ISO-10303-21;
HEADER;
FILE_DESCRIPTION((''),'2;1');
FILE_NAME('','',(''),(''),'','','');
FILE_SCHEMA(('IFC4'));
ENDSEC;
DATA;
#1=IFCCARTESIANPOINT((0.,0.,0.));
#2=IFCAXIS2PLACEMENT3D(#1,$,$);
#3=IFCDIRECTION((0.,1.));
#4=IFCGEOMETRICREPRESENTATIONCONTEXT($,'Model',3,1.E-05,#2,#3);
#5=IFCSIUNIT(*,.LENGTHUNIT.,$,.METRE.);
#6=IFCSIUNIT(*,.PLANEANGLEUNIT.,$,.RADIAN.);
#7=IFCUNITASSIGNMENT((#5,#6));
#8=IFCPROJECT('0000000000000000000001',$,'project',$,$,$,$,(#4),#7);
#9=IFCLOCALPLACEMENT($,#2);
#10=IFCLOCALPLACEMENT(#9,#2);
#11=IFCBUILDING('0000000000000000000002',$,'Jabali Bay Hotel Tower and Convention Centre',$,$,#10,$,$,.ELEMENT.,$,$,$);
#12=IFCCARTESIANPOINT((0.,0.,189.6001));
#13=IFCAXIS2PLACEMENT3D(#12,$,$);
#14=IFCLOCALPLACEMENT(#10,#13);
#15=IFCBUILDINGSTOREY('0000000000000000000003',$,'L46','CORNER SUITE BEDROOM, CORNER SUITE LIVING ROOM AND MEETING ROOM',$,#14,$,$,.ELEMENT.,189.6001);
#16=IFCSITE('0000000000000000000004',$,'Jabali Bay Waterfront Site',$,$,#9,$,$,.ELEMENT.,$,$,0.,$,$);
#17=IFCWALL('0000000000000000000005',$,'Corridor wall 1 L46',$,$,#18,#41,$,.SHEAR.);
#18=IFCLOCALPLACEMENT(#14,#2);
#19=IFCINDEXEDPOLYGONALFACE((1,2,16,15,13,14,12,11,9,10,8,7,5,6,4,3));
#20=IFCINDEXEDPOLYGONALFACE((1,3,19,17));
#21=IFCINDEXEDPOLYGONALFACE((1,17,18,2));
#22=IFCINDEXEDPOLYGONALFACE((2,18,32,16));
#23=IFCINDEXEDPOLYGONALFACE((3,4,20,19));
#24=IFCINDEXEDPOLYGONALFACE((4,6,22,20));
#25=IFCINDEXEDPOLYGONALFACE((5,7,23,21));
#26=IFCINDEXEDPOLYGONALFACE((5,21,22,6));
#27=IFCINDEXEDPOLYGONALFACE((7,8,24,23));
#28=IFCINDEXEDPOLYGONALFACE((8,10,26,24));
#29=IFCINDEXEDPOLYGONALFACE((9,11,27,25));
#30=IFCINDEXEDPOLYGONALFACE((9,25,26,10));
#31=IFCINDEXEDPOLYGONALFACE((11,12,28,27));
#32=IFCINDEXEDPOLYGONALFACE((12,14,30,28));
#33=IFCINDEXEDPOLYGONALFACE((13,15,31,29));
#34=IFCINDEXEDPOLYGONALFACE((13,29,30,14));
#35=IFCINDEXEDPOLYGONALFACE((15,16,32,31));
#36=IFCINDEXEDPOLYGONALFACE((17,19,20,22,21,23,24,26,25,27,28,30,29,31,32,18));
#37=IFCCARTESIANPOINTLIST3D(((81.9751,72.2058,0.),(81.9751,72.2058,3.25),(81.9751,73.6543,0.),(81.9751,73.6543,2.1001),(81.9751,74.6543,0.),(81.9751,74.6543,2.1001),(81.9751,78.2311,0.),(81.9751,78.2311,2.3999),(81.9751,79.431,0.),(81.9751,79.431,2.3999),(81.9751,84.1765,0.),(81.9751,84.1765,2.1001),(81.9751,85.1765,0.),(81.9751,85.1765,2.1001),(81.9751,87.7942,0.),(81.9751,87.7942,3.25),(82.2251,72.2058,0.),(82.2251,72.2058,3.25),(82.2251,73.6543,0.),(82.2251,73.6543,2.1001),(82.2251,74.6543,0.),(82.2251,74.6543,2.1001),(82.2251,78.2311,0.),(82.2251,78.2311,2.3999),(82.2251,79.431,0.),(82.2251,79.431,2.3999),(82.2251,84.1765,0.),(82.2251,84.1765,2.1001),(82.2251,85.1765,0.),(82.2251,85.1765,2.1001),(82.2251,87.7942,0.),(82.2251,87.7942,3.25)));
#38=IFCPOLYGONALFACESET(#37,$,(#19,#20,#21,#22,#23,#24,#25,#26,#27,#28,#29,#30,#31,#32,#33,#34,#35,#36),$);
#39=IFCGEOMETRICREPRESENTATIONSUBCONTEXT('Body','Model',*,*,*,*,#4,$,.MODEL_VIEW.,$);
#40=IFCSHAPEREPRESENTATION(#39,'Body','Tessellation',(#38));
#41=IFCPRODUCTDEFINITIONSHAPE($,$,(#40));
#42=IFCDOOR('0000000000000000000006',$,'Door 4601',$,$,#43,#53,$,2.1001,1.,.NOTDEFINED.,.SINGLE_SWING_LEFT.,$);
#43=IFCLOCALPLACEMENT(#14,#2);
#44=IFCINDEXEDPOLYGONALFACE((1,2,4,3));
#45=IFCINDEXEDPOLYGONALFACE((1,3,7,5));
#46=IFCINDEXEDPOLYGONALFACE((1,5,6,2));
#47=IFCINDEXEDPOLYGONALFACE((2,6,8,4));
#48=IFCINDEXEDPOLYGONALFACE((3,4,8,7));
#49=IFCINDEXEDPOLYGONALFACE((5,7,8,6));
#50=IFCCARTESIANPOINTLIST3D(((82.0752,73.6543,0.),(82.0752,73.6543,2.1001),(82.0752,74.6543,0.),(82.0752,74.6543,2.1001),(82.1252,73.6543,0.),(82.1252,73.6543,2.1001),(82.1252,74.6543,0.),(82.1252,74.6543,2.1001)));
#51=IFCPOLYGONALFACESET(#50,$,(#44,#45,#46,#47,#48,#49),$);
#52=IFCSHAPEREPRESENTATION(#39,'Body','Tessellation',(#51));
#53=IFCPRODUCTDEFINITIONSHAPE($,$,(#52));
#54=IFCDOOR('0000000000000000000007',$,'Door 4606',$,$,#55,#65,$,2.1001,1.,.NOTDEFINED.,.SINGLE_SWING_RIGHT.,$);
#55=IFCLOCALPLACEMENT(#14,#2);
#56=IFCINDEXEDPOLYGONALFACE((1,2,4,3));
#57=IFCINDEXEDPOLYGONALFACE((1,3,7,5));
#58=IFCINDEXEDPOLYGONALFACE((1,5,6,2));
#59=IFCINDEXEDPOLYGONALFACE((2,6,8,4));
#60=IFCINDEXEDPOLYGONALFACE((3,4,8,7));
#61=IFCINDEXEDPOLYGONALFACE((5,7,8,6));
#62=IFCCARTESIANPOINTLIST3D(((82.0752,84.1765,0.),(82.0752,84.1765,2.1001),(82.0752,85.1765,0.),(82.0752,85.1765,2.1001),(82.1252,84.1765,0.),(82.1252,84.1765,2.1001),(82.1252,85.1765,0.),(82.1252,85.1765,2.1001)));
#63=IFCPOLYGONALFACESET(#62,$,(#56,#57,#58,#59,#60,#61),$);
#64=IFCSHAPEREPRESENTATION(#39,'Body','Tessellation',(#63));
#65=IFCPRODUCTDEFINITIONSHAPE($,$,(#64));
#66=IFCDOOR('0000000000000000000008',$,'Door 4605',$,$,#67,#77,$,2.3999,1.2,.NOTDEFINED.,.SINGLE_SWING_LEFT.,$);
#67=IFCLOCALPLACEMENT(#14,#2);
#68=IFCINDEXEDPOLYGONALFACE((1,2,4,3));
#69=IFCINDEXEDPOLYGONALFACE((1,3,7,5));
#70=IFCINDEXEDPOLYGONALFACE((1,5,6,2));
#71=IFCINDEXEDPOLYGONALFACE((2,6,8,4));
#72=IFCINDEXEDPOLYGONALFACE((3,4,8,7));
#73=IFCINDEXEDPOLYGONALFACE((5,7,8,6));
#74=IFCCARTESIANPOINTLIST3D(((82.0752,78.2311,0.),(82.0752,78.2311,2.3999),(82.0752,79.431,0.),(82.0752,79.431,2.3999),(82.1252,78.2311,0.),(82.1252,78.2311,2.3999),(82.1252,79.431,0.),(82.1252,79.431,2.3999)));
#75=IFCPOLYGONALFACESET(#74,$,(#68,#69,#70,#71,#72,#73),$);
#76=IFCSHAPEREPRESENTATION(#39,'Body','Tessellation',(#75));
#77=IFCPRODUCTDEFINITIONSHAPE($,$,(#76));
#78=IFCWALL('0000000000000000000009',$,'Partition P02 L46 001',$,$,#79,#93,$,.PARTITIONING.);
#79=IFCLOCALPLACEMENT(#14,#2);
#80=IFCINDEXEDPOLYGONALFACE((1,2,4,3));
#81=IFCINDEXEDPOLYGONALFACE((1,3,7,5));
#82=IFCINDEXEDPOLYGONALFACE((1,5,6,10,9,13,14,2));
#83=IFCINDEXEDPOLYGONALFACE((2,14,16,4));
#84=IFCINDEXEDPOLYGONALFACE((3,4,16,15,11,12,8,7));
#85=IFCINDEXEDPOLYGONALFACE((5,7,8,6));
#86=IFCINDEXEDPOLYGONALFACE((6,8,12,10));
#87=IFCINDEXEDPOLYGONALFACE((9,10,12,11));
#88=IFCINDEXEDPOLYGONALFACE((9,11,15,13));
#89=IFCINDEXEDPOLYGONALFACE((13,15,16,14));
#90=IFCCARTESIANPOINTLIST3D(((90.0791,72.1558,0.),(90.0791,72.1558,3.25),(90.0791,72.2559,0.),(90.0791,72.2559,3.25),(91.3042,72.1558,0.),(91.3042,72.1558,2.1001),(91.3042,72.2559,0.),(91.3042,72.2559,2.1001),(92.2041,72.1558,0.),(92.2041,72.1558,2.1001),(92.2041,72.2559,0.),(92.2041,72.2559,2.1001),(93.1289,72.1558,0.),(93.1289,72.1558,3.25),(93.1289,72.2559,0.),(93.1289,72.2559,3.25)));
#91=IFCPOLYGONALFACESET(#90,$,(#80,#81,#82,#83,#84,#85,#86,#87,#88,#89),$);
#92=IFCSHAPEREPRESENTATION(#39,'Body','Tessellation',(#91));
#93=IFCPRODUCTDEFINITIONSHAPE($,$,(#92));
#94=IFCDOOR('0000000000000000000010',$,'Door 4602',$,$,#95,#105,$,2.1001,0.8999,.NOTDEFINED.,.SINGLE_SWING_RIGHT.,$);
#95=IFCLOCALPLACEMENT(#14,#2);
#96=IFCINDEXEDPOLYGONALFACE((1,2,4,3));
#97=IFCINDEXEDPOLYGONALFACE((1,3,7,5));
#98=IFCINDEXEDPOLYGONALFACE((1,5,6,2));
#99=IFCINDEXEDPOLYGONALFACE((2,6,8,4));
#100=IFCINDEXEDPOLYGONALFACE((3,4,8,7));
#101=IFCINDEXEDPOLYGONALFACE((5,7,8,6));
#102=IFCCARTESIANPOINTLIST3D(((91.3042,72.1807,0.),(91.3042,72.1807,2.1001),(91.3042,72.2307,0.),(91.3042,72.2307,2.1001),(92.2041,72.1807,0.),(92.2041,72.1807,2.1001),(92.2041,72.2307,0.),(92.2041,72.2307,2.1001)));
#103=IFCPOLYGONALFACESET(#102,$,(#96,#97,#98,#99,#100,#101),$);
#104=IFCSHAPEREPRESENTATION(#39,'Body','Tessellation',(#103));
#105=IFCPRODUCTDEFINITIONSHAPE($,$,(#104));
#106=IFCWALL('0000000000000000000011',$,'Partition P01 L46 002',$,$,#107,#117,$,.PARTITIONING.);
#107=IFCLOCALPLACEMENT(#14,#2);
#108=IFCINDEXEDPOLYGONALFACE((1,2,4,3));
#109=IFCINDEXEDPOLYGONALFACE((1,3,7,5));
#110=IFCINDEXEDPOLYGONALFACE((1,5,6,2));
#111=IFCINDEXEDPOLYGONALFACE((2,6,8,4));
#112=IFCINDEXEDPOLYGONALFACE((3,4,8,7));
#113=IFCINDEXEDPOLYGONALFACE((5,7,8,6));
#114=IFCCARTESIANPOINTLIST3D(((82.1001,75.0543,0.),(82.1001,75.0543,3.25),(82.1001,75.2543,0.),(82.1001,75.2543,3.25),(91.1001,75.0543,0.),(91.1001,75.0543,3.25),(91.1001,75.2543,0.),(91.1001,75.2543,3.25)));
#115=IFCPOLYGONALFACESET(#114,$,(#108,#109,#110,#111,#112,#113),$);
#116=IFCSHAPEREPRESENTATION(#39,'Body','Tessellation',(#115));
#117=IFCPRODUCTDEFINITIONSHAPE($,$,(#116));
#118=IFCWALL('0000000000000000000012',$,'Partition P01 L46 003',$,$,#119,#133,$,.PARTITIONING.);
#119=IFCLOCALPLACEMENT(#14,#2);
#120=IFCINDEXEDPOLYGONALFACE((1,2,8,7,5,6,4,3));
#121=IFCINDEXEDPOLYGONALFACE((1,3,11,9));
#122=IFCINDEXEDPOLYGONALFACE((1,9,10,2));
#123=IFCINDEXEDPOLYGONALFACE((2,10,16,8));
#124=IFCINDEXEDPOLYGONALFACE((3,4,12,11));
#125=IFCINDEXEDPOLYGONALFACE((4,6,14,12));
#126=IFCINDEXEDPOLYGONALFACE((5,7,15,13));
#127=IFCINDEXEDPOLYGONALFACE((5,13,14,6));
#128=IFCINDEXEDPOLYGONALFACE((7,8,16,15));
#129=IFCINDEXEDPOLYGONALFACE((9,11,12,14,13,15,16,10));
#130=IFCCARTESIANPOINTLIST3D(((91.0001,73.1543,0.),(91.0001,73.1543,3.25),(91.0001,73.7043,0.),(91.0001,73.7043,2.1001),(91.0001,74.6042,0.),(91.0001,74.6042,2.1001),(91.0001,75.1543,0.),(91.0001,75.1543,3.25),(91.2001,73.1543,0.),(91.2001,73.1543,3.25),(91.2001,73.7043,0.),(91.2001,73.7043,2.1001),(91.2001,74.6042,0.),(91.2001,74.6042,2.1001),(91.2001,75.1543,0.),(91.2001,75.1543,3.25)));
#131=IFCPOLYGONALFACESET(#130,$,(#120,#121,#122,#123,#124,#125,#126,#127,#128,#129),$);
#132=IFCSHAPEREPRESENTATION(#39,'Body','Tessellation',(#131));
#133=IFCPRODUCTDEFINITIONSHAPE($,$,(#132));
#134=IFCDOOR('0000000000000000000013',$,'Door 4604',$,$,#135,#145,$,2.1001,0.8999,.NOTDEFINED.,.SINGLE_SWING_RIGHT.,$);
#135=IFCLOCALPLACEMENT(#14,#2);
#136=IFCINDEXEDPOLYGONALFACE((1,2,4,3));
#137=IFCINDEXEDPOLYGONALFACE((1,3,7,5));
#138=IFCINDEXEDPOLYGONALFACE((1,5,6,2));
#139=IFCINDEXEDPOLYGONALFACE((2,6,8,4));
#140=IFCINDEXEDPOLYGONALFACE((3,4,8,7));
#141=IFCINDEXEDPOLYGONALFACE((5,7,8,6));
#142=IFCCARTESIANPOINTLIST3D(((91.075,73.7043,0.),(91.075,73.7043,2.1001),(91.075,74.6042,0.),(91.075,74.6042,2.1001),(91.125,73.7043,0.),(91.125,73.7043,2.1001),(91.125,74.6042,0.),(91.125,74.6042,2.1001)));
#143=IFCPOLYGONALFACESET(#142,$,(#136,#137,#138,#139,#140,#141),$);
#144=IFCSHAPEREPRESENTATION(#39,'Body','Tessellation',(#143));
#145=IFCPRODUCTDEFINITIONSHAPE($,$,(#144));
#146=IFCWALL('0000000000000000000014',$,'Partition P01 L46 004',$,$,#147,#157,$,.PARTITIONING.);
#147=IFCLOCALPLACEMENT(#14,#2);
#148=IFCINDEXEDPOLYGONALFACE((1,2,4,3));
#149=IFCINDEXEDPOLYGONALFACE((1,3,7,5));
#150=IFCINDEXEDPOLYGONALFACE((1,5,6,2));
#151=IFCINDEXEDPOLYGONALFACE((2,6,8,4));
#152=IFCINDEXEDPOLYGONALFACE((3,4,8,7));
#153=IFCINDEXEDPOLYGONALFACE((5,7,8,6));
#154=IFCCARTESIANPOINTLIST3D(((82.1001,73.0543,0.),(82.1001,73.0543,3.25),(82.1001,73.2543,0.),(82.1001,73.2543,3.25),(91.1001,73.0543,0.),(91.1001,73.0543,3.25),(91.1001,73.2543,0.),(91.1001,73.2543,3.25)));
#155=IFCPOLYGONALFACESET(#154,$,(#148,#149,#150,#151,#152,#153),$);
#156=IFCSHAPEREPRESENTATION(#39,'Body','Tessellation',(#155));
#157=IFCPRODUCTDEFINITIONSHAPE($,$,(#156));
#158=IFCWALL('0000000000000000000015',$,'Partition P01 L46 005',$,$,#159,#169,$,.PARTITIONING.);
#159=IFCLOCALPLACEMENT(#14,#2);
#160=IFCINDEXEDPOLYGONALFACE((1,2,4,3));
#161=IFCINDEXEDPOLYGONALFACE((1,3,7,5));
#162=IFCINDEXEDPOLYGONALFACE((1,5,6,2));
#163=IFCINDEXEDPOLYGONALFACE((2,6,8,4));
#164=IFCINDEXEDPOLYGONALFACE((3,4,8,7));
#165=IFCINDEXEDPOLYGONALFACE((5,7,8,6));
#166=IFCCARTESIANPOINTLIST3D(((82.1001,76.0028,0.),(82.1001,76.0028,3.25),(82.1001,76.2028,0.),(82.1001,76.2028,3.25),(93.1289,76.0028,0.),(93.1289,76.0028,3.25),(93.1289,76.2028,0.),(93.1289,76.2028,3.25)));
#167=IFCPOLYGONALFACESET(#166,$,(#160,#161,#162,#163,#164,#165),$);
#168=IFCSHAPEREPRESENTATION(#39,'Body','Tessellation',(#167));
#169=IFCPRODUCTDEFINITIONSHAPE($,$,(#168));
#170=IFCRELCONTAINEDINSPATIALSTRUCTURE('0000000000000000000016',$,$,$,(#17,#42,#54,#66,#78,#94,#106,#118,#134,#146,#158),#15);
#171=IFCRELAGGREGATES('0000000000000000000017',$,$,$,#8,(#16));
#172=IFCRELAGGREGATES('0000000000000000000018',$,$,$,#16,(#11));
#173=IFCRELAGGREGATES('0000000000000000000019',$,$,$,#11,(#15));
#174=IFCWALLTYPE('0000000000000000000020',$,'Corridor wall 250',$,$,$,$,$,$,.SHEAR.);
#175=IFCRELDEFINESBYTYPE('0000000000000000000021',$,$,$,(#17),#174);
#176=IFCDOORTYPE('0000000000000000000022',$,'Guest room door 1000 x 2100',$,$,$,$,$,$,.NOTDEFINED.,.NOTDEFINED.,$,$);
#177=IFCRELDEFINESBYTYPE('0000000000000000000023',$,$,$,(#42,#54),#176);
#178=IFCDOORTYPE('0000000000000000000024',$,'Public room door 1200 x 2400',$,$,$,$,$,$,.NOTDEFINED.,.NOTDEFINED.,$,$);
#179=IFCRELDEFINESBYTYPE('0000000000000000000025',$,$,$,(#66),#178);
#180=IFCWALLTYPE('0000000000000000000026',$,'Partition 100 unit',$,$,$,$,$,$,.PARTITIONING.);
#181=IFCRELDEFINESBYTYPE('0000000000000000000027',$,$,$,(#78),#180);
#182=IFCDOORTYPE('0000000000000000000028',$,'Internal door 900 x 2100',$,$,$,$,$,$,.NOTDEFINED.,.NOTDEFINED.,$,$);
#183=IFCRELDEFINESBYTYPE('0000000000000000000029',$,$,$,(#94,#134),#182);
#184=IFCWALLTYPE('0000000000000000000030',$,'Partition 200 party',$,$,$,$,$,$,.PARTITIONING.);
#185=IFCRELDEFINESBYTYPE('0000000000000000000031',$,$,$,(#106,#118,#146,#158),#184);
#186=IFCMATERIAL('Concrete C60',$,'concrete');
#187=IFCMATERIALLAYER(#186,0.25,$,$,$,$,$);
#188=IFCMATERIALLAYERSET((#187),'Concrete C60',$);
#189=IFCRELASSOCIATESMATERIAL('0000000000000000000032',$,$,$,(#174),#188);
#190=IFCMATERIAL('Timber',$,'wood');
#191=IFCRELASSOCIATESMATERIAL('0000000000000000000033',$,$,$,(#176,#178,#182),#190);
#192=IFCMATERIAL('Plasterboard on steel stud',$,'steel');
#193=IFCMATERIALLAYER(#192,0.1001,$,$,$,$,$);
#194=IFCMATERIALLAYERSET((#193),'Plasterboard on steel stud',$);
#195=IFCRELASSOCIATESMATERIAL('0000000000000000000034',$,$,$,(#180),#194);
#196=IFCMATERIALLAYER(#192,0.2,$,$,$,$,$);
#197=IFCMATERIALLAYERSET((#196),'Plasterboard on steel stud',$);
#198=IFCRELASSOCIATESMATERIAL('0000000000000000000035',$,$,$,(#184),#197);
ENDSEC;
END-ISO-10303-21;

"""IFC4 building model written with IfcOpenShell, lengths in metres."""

from ifc_helpers import new_model, si_unit, direction, frame, frame_2d, origin, place, context, subcontext, project, spatial, rectangle, extrude, material, layer, layer_set, type_object, element, fill, save


model = new_model("IFC4")

# Units and contexts
model_context = context("Model", 3, precision=1e-05, world=origin(), true_north=direction((0.0, 1.0)))
body_context = subcontext(model_context, "Body", "Model", "MODEL_VIEW")
ifc_project = project(units=[si_unit("LENGTHUNIT", "METRE"), si_unit("PLANEANGLEUNIT", "RADIAN")], contexts=[model_context])

# Site, building, storey
site_placement = place(None, origin())
site = spatial("IfcSite", under=ifc_project, at=site_placement, Name="Jabali Bay Waterfront Site", CompositionType="ELEMENT", RefElevation=0.0)
building_placement = place(site_placement, origin())
building = spatial("IfcBuilding", under=site, at=building_placement, Name="Jabali Bay Hotel Tower and Convention Centre", CompositionType="ELEMENT")
storey_placement = place(building_placement, frame((0.0, 0.0, 189.6001)))
storey = spatial("IfcBuildingStorey", under=building, at=storey_placement, Name="L46", Description="CORNER SUITE BEDROOM, CORNER SUITE LIVING ROOM AND MEETING ROOM", CompositionType="ELEMENT", Elevation=189.6001)

# Shared definitions
ifc_material_1 = material(Name="Concrete C60", Category="concrete")

# Wall, openings, doors
ifc_layer_1 = layer(ifc_material_1, 0.25)
ifc_layer_set_1 = layer_set([ifc_layer_1], Name="Concrete C60")
wall_type_1 = type_object("IfcWallType", Name="Corridor wall 250", PredefinedType="SHEAR", material=ifc_layer_set_1)
wall_1_placement = place(storey_placement, frame((82.1001, 72.2058, 0.0), z_axis=(0.0, 0.0, 1.0), x_axis=(0.0, 1.0, 0.0)))
wall_1 = element("IfcWall", 1, at=wall_1_placement, inside=storey, type_object=wall_type_1, Name="Corridor wall 1 L46", PredefinedType="SHEAR", context=body_context, shape_type="SweptSolid", body=[
    extrude(rectangle(XDim=15.5884, YDim=0.25, at=frame_2d((7.7942, 0.0))), origin(), (0.0, 0.0, 1.0), 3.25),
])
opening_1_placement = place(wall_1_placement, frame((1.4485, 0.0, 0.0)))
opening_1 = element("IfcOpeningElement", 2, at=opening_1_placement, cuts=wall_1, PredefinedType="OPENING", context=body_context, shape_type="SweptSolid", body=[
    extrude(rectangle(XDim=1.0, YDim=2.1001, at=frame_2d((0.5, 1.05))), frame((0.0, 0.1355, 0.0), z_axis=(0.0, -1.0, 0.0), x_axis=(1.0, 0.0, 0.0)), (0.0, 0.0, 1.0), 0.271),
])
opening_2_placement = place(wall_1_placement, frame((6.0251, 0.0, 0.0)))
opening_2 = element("IfcOpeningElement", 3, at=opening_2_placement, cuts=wall_1, PredefinedType="OPENING", context=body_context, shape_type="SweptSolid", body=[
    extrude(rectangle(XDim=1.2, YDim=2.3999, at=frame_2d((0.6001, 1.2))), frame((0.0, 0.1355, 0.0), z_axis=(0.0, -1.0, 0.0), x_axis=(1.0, 0.0, 0.0)), (0.0, 0.0, 1.0), 0.271),
])
opening_3_placement = place(wall_1_placement, frame((11.9707, 0.0, 0.0)))
opening_3 = element("IfcOpeningElement", 4, at=opening_3_placement, cuts=wall_1, PredefinedType="OPENING", context=body_context, shape_type="SweptSolid", body=[
    extrude(rectangle(XDim=1.0, YDim=2.1001, at=frame_2d((0.5, 1.05))), frame((0.0, 0.1355, 0.0), z_axis=(0.0, -1.0, 0.0), x_axis=(1.0, 0.0, 0.0)), (0.0, 0.0, 1.0), 0.271),
])
ifc_material_2 = material(Name="Timber", Category="wood")
door_type_1 = type_object("IfcDoorType", Name="Guest room door 1000 x 2100", OperationType="NOTDEFINED", PredefinedType="NOTDEFINED", material=ifc_material_2)
door_1_placement = place(opening_1_placement, origin())
door_1 = element("IfcDoor", 5, at=door_1_placement, inside=storey, type_object=door_type_1, Name="Door 4601", OperationType="SINGLE_SWING_LEFT", OverallHeight=2.1001, OverallWidth=1.0, PredefinedType="NOTDEFINED", context=body_context, shape_type="SweptSolid", body=[
    extrude(rectangle(XDim=1.0, YDim=2.1001, at=frame_2d((0.5, 1.05))), frame((0.0, 0.0249, 0.0), z_axis=(0.0, -1.0, 0.0), x_axis=(1.0, 0.0, 0.0)), (0.0, 0.0, 1.0), 0.05),
])
fill(opening_1, door_1)
door_2_placement = place(opening_3_placement, origin())
door_2 = element("IfcDoor", 6, at=door_2_placement, inside=storey, type_object=door_type_1, Name="Door 4606", OperationType="SINGLE_SWING_RIGHT", OverallHeight=2.1001, OverallWidth=1.0, PredefinedType="NOTDEFINED", context=body_context, shape_type="SweptSolid", body=[
    extrude(rectangle(XDim=1.0, YDim=2.1001, at=frame_2d((0.5, 1.05))), frame((0.0, 0.0249, 0.0), z_axis=(0.0, -1.0, 0.0), x_axis=(1.0, 0.0, 0.0)), (0.0, 0.0, 1.0), 0.05),
])
fill(opening_3, door_2)
door_type_2 = type_object("IfcDoorType", Name="Public room door 1200 x 2400", OperationType="NOTDEFINED", PredefinedType="NOTDEFINED", material=ifc_material_2)
door_3_placement = place(opening_2_placement, origin())
door_3 = element("IfcDoor", 7, at=door_3_placement, inside=storey, type_object=door_type_2, Name="Door 4605", OperationType="SINGLE_SWING_LEFT", OverallHeight=2.3999, OverallWidth=1.2, PredefinedType="NOTDEFINED", context=body_context, shape_type="SweptSolid", body=[
    extrude(rectangle(XDim=1.2, YDim=2.3999, at=frame_2d((0.6001, 1.2))), frame((0.0, 0.0249, 0.0), z_axis=(0.0, -1.0, 0.0), x_axis=(1.0, 0.0, 0.0)), (0.0, 0.0, 1.0), 0.05),
])
fill(opening_2, door_3)

# Wall, opening, door
ifc_material_3 = material(Name="Plasterboard on steel stud", Category="steel")
ifc_layer_2 = layer(ifc_material_3, 0.1001)
ifc_layer_set_2 = layer_set([ifc_layer_2], Name="Plasterboard on steel stud")
wall_type_2 = type_object("IfcWallType", Name="Partition 100 unit", PredefinedType="PARTITIONING", material=ifc_layer_set_2)
wall_2_placement = place(storey_placement, frame((90.0791, 72.2058, 0.0), z_axis=(0.0, 0.0, 1.0), x_axis=(1.0, 0.0, 0.0)))
wall_2 = element("IfcWall", 8, at=wall_2_placement, inside=storey, type_object=wall_type_2, Name="Partition P02 L46 001", PredefinedType="PARTITIONING", context=body_context, shape_type="SweptSolid", body=[
    extrude(rectangle(XDim=3.0498, YDim=0.1001, at=frame_2d((1.5249, 0.0))), origin(), (0.0, 0.0, 1.0), 3.25),
])
opening_4_placement = place(wall_2_placement, frame((1.2251, 0.0, 0.0)))
opening_4 = element("IfcOpeningElement", 9, at=opening_4_placement, cuts=wall_2, PredefinedType="OPENING", context=body_context, shape_type="SweptSolid", body=[
    extrude(rectangle(XDim=0.8999, YDim=2.1001, at=frame_2d((0.45, 1.05))), frame((0.0, 0.0605, 0.0), z_axis=(0.0, -1.0, 0.0), x_axis=(1.0, 0.0, 0.0)), (0.0, 0.0, 1.0), 0.1211),
])
door_type_3 = type_object("IfcDoorType", Name="Internal door 900 x 2100", OperationType="NOTDEFINED", PredefinedType="NOTDEFINED", material=ifc_material_2)
door_4_placement = place(opening_4_placement, origin())
door_4 = element("IfcDoor", 10, at=door_4_placement, inside=storey, type_object=door_type_3, Name="Door 4602", OperationType="SINGLE_SWING_RIGHT", OverallHeight=2.1001, OverallWidth=0.8999, PredefinedType="NOTDEFINED", context=body_context, shape_type="SweptSolid", body=[
    extrude(rectangle(XDim=0.8999, YDim=2.1001, at=frame_2d((0.45, 1.05))), frame((0.0, 0.0249, 0.0), z_axis=(0.0, -1.0, 0.0), x_axis=(1.0, 0.0, 0.0)), (0.0, 0.0, 1.0), 0.05),
])
fill(opening_4, door_4)

# Wall
ifc_layer_3 = layer(ifc_material_3, 0.2)
ifc_layer_set_3 = layer_set([ifc_layer_3], Name="Plasterboard on steel stud")
wall_type_3 = type_object("IfcWallType", Name="Partition 200 party", PredefinedType="PARTITIONING", material=ifc_layer_set_3)
wall_3_placement = place(storey_placement, frame((82.1001, 75.1543, 0.0), z_axis=(0.0, 0.0, 1.0), x_axis=(1.0, 0.0, 0.0)))
element("IfcWall", 11, at=wall_3_placement, inside=storey, type_object=wall_type_3, Name="Partition P01 L46 002", PredefinedType="PARTITIONING", context=body_context, shape_type="SweptSolid", body=[
    extrude(rectangle(XDim=9.0, YDim=0.2, at=frame_2d((4.5, 0.0))), origin(), (0.0, 0.0, 1.0), 3.25),
])

# Wall, opening, door
wall_4_placement = place(storey_placement, frame((91.1001, 75.1543, 0.0), z_axis=(0.0, 0.0, 1.0), x_axis=(0.0, -1.0, 0.0)))
wall_4 = element("IfcWall", 12, at=wall_4_placement, inside=storey, type_object=wall_type_3, Name="Partition P01 L46 003", PredefinedType="PARTITIONING", context=body_context, shape_type="SweptSolid", body=[
    extrude(rectangle(XDim=2.0, YDim=0.2, at=frame_2d((1.0, 0.0))), origin(), (0.0, 0.0, 1.0), 3.25),
])
opening_5_placement = place(wall_4_placement, frame((0.55, 0.0, 0.0)))
opening_5 = element("IfcOpeningElement", 13, at=opening_5_placement, cuts=wall_4, PredefinedType="OPENING", context=body_context, shape_type="SweptSolid", body=[
    extrude(rectangle(XDim=0.8999, YDim=2.1001, at=frame_2d((0.45, 1.05))), frame((0.0, 0.1104, 0.0), z_axis=(0.0, -1.0, 0.0), x_axis=(1.0, 0.0, 0.0)), (0.0, 0.0, 1.0), 0.2209),
])
door_5_placement = place(opening_5_placement, origin())
door_5 = element("IfcDoor", 14, at=door_5_placement, inside=storey, type_object=door_type_3, Name="Door 4604", OperationType="SINGLE_SWING_RIGHT", OverallHeight=2.1001, OverallWidth=0.8999, PredefinedType="NOTDEFINED", context=body_context, shape_type="SweptSolid", body=[
    extrude(rectangle(XDim=0.8999, YDim=2.1001, at=frame_2d((0.45, 1.05))), frame((0.0, 0.0249, 0.0), z_axis=(0.0, -1.0, 0.0), x_axis=(1.0, 0.0, 0.0)), (0.0, 0.0, 1.0), 0.05),
])
fill(opening_5, door_5)

# Walls
wall_5_placement = place(storey_placement, frame((91.1001, 73.1543, 0.0), z_axis=(0.0, 0.0, 1.0), x_axis=(-1.0, 0.0, 0.0)))
element("IfcWall", 15, at=wall_5_placement, inside=storey, type_object=wall_type_3, Name="Partition P01 L46 004", PredefinedType="PARTITIONING", context=body_context, shape_type="SweptSolid", body=[
    extrude(rectangle(XDim=9.0, YDim=0.2, at=frame_2d((4.5, 0.0))), origin(), (0.0, 0.0, 1.0), 3.25),
])
wall_6_placement = place(storey_placement, frame((93.1289, 76.1028, 0.0), z_axis=(0.0, 0.0, 1.0), x_axis=(-1.0, 0.0, 0.0)))
element("IfcWall", 16, at=wall_6_placement, inside=storey, type_object=wall_type_3, Name="Partition P01 L46 005", PredefinedType="PARTITIONING", context=body_context, shape_type="SweptSolid", body=[
    extrude(rectangle(XDim=11.0288, YDim=0.2, at=frame_2d((5.5144, 0.0))), origin(), (0.0, 0.0, 1.0), 3.25),
])

save(model, "model.ifc")
